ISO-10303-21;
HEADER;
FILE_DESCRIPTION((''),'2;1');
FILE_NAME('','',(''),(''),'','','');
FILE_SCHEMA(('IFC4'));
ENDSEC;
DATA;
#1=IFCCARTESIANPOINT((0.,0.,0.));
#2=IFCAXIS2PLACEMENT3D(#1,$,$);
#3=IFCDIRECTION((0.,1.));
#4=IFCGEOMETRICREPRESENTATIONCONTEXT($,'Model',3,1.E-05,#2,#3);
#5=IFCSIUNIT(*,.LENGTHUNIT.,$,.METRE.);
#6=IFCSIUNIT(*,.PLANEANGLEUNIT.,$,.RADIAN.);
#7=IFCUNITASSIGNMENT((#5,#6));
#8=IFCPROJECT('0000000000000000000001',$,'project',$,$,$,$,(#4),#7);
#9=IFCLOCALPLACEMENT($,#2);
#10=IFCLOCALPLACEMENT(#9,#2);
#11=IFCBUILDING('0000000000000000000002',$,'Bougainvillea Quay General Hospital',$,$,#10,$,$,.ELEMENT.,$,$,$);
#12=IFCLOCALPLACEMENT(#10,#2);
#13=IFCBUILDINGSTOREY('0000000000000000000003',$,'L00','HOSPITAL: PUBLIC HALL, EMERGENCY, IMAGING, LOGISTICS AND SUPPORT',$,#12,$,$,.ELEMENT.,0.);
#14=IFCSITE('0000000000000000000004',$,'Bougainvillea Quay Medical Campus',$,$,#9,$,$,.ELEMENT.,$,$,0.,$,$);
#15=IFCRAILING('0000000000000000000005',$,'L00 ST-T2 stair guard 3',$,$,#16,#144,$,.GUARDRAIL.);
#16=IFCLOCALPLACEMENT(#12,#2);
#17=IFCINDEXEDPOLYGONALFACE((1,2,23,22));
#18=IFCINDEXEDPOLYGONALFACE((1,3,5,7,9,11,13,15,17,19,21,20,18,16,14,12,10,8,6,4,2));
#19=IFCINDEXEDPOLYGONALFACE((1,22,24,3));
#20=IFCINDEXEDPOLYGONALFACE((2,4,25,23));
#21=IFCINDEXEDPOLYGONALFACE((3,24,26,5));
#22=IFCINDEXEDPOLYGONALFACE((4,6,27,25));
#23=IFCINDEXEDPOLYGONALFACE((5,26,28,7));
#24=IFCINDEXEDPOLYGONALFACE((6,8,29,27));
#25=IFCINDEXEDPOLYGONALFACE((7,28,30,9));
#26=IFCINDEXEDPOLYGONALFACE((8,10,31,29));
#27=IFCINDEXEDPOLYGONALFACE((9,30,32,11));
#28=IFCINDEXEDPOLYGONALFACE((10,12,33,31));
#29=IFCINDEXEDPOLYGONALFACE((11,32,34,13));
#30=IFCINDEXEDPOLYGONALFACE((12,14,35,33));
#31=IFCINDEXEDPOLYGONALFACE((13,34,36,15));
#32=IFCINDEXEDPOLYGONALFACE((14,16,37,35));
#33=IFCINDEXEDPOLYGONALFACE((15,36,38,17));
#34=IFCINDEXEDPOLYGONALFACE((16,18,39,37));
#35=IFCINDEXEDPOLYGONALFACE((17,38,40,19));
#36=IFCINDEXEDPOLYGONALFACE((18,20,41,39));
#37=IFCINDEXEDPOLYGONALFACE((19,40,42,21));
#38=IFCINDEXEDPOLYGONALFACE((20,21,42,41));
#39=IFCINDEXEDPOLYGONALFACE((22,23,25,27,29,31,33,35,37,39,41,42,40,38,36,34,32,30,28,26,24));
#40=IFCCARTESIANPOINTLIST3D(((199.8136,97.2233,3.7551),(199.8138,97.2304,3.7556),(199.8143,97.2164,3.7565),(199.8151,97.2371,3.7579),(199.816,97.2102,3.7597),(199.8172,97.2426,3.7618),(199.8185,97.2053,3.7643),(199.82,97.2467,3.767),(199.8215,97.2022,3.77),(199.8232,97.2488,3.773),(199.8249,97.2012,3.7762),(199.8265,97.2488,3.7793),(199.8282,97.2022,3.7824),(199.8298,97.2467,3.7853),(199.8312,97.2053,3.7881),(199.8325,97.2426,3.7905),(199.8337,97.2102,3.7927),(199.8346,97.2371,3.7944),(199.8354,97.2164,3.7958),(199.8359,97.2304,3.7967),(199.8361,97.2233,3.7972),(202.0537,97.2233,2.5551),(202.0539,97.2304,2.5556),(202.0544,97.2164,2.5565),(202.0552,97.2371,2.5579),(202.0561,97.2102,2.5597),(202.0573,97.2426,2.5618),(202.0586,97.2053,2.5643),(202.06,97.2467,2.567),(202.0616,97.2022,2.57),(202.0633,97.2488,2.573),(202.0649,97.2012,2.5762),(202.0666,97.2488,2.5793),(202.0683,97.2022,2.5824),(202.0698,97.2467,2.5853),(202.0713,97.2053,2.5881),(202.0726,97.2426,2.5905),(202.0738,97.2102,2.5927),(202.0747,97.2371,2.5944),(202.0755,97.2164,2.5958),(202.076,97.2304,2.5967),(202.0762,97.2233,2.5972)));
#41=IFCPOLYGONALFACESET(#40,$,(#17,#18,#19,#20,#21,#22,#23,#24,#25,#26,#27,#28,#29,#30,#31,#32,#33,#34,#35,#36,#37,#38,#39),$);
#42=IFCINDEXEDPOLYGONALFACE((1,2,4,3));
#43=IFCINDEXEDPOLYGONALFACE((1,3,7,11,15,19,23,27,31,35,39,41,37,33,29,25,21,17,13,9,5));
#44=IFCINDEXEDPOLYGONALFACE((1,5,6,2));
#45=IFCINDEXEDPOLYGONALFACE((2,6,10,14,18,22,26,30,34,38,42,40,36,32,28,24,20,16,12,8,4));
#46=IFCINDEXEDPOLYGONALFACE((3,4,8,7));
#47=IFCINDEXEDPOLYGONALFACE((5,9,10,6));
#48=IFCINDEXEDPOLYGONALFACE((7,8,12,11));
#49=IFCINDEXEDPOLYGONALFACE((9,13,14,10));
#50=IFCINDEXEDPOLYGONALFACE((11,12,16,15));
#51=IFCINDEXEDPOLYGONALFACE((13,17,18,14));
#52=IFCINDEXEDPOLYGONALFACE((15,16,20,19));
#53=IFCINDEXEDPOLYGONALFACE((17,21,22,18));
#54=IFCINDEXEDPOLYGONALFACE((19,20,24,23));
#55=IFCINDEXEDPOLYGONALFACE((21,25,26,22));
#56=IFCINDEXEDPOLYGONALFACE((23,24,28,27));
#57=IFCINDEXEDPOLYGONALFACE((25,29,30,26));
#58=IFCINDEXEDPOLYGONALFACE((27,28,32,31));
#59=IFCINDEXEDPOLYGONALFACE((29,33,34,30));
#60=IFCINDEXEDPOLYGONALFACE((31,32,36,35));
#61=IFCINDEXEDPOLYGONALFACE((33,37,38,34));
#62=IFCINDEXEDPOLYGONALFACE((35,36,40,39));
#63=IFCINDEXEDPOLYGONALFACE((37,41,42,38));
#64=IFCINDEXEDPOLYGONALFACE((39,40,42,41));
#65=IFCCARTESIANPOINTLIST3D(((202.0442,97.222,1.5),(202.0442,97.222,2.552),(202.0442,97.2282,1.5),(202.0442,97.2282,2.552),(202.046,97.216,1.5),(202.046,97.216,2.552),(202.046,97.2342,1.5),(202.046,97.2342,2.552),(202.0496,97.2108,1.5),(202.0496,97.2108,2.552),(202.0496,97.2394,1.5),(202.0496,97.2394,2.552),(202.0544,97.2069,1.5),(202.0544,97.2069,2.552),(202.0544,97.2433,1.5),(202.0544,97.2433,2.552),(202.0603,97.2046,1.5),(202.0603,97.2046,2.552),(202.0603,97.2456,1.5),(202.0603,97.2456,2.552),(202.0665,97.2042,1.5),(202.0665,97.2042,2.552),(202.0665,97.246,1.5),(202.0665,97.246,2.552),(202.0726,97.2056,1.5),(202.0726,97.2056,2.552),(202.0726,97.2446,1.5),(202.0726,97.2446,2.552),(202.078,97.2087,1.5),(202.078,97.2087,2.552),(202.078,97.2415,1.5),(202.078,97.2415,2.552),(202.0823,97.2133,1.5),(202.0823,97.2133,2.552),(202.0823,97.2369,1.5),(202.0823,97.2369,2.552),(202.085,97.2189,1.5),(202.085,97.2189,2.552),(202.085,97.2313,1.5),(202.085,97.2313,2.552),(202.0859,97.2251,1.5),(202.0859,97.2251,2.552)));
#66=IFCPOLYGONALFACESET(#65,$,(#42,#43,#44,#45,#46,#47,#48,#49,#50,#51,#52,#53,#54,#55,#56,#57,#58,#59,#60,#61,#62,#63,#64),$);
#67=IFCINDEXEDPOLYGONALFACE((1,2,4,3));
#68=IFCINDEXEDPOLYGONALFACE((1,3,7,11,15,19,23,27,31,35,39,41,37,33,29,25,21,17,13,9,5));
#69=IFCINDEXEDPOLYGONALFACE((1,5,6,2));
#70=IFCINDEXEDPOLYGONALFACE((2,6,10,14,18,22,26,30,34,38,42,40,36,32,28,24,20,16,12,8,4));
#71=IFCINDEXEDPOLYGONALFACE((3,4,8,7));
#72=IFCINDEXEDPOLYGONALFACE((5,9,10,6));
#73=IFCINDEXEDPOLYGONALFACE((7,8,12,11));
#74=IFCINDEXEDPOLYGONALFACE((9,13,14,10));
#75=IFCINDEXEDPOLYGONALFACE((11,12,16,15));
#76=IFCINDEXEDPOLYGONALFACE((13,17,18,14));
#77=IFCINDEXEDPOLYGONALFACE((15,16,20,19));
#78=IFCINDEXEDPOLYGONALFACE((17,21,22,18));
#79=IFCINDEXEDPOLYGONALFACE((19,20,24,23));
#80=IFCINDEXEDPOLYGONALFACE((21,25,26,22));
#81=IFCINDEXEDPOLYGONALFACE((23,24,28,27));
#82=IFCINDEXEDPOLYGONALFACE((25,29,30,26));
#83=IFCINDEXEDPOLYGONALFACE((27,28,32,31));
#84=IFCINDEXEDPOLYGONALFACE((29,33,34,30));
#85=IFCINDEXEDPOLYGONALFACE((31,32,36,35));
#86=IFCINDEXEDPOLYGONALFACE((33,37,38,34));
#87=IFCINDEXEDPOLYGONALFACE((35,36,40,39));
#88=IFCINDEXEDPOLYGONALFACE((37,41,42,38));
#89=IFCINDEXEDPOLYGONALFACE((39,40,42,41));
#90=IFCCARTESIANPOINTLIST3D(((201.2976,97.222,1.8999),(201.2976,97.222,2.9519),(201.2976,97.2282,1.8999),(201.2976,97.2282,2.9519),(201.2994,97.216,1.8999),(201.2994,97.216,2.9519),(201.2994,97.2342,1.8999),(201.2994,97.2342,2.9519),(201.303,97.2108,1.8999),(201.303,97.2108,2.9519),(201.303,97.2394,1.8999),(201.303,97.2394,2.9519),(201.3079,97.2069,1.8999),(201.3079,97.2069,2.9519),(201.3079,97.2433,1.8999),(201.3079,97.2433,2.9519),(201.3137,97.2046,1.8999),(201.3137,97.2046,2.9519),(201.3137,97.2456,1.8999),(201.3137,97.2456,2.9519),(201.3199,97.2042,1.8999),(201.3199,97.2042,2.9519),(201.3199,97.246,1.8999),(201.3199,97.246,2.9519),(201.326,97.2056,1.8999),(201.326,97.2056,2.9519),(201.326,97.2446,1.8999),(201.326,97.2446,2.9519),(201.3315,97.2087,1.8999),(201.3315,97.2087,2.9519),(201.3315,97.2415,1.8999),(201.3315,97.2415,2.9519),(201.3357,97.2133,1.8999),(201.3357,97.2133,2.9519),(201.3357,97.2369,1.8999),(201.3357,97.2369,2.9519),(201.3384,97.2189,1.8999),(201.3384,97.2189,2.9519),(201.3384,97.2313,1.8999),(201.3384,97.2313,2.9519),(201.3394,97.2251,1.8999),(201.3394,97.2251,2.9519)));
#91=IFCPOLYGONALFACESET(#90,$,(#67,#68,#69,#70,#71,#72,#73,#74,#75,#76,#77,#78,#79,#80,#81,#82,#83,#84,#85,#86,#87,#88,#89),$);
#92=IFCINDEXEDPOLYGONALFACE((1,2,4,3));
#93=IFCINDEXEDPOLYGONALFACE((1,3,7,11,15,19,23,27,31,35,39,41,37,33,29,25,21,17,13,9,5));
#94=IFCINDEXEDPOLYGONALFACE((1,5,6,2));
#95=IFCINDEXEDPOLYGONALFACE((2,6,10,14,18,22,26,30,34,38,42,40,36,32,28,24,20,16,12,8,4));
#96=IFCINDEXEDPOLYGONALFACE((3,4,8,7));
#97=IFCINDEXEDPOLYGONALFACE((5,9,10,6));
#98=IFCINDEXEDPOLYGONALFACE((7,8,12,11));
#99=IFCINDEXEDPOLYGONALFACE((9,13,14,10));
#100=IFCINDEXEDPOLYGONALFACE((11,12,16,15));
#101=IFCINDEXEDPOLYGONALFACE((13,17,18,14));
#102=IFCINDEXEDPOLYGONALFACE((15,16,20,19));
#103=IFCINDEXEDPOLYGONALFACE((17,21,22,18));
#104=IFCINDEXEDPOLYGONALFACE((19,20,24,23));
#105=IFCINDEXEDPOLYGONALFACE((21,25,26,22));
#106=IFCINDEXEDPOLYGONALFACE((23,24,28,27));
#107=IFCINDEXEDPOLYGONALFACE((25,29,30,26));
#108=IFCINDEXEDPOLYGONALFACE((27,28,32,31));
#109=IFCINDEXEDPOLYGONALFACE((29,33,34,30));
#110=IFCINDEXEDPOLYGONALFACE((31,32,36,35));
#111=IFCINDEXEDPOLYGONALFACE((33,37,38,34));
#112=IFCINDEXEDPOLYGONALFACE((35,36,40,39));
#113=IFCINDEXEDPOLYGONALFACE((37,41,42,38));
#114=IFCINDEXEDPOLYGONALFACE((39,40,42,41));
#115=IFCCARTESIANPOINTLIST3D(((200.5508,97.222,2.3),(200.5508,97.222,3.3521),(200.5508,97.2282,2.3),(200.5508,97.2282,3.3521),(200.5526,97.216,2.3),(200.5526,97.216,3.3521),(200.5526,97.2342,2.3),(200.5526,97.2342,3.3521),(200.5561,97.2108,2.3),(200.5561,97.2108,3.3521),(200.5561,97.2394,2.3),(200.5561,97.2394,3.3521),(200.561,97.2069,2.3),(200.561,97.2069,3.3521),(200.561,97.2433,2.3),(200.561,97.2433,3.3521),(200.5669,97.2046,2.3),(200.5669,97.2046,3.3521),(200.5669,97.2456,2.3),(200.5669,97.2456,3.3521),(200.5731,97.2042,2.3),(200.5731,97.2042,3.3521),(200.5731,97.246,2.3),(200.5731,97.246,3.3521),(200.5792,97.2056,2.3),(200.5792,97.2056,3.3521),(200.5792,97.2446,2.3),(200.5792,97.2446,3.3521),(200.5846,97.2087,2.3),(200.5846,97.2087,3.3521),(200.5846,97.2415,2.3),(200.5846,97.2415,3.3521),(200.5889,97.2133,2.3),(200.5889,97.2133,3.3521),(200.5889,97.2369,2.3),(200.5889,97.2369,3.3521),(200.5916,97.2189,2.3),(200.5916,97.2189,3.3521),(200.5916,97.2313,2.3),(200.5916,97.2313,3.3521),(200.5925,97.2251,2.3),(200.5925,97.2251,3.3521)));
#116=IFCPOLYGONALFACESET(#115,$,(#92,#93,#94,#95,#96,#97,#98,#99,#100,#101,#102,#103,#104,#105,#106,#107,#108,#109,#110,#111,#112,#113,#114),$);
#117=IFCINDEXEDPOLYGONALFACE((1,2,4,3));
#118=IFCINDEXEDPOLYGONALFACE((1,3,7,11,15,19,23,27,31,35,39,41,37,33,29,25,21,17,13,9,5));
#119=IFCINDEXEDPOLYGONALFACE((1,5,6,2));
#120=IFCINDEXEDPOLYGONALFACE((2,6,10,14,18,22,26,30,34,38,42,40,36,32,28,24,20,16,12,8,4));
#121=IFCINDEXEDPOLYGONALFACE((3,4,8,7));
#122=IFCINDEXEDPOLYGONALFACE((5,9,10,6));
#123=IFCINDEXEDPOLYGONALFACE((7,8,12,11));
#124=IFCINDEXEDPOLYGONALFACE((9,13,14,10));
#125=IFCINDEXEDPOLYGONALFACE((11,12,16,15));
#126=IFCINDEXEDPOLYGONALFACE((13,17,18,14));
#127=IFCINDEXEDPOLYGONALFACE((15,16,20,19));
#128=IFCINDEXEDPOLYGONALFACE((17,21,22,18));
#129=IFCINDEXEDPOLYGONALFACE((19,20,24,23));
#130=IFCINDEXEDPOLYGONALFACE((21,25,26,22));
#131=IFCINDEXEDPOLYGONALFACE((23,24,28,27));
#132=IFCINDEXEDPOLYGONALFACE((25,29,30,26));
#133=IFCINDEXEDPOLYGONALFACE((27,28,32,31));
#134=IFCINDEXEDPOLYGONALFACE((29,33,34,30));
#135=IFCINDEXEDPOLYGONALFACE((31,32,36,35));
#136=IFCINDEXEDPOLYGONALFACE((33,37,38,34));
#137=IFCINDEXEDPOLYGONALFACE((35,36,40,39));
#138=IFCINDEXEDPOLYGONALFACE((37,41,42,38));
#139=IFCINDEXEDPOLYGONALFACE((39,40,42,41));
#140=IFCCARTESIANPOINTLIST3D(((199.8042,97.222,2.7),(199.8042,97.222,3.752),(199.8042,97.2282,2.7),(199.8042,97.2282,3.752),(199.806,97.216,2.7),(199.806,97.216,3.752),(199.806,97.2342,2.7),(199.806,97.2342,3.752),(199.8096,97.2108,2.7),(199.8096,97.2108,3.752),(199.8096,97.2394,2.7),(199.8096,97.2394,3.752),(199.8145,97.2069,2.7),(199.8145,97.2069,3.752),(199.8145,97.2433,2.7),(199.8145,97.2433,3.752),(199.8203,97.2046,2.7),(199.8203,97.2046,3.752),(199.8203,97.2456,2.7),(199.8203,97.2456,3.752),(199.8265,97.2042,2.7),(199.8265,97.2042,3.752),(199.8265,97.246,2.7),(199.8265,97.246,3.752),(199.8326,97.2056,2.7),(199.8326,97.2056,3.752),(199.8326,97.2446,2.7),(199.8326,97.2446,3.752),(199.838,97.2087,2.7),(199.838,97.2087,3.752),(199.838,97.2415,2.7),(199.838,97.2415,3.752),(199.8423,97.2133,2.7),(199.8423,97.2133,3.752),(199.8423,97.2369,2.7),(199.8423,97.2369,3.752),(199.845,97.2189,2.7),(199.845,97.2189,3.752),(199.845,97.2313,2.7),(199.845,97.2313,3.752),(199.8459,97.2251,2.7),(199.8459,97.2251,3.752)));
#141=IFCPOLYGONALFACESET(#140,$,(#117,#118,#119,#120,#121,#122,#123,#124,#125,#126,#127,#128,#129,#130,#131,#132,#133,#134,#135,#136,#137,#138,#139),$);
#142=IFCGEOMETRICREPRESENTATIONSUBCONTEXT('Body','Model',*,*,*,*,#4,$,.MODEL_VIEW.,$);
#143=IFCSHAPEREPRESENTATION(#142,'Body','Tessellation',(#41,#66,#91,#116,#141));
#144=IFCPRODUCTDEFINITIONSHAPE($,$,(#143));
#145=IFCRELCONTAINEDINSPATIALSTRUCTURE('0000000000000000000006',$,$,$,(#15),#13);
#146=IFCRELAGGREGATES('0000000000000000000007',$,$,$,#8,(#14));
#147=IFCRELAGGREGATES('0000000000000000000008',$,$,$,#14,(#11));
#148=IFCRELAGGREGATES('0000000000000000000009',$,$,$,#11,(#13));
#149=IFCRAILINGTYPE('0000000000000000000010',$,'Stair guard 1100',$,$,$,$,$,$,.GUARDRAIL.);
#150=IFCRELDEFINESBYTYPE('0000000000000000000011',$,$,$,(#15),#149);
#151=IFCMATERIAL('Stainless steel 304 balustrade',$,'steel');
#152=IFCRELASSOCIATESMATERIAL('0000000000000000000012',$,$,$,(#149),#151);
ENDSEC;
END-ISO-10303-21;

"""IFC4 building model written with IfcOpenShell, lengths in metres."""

from ifc_helpers import new_model, si_unit, direction, frame, origin, origin_2d, place, context, subcontext, project, spatial, circle, extrude, material, type_object, element, save


model = new_model("IFC4")

# Units and contexts
model_context = context("Model", 3, precision=1e-05, world=origin(), true_north=direction((0.0, 1.0)))
body_context = subcontext(model_context, "Body", "Model", "MODEL_VIEW")
ifc_project = project(units=[si_unit("LENGTHUNIT", "METRE"), si_unit("PLANEANGLEUNIT", "RADIAN")], contexts=[model_context])

# Site, building, storey
site_placement = place(None, origin())
site = spatial("IfcSite", under=ifc_project, at=site_placement, Name="Bougainvillea Quay Medical Campus", CompositionType="ELEMENT", RefElevation=0.0)
building_placement = place(site_placement, origin())
building = spatial("IfcBuilding", under=site, at=building_placement, Name="Bougainvillea Quay General Hospital", CompositionType="ELEMENT")
storey_placement = place(building_placement, origin())
storey = spatial("IfcBuildingStorey", under=building, at=storey_placement, Name="L00", Description="HOSPITAL: PUBLIC HALL, EMERGENCY, IMAGING, LOGISTICS AND SUPPORT", CompositionType="ELEMENT", Elevation=0.0)

# Railing
ifc_material_1 = material(Name="Stainless steel 304 balustrade", Category="steel")
railing_type_1 = type_object("IfcRailingType", Name="Stair guard 1100", PredefinedType="GUARDRAIL", material=ifc_material_1)
railing_1_placement = place(storey_placement, frame((202.0649, 97.2251, 1.5)))
element("IfcRailing", 1, at=railing_1_placement, inside=storey, type_object=railing_type_1, Name="L00 ST-T2 stair guard 3", PredefinedType="GUARDRAIL", context=body_context, shape_type="SweptSolid", body=[
    extrude(circle(Radius=0.0239, at=origin_2d()), frame((0.0, 0.0, 1.0762), z_axis=(-0.881487, 0.0, 0.472208), x_axis=(0.0, -1.0, 0.0)), (0.0, 0.0, 1.0), 2.5413),
    extrude(circle(Radius=0.021, at=origin_2d()), origin(), (0.0, 0.0, 1.0), 1.052),
    extrude(circle(Radius=0.021, at=origin_2d()), frame((-0.7466, 0.0, 0.3999)), (0.0, 0.0, 1.0), 1.052),
    extrude(circle(Radius=0.021, at=origin_2d()), frame((-1.4934, 0.0, 0.8)), (0.0, 0.0, 1.0), 1.052),
    extrude(circle(Radius=0.021, at=origin_2d()), frame((-2.24, 0.0, 1.2)), (0.0, 0.0, 1.0), 1.052),
])

save(model, "model.ifc")
